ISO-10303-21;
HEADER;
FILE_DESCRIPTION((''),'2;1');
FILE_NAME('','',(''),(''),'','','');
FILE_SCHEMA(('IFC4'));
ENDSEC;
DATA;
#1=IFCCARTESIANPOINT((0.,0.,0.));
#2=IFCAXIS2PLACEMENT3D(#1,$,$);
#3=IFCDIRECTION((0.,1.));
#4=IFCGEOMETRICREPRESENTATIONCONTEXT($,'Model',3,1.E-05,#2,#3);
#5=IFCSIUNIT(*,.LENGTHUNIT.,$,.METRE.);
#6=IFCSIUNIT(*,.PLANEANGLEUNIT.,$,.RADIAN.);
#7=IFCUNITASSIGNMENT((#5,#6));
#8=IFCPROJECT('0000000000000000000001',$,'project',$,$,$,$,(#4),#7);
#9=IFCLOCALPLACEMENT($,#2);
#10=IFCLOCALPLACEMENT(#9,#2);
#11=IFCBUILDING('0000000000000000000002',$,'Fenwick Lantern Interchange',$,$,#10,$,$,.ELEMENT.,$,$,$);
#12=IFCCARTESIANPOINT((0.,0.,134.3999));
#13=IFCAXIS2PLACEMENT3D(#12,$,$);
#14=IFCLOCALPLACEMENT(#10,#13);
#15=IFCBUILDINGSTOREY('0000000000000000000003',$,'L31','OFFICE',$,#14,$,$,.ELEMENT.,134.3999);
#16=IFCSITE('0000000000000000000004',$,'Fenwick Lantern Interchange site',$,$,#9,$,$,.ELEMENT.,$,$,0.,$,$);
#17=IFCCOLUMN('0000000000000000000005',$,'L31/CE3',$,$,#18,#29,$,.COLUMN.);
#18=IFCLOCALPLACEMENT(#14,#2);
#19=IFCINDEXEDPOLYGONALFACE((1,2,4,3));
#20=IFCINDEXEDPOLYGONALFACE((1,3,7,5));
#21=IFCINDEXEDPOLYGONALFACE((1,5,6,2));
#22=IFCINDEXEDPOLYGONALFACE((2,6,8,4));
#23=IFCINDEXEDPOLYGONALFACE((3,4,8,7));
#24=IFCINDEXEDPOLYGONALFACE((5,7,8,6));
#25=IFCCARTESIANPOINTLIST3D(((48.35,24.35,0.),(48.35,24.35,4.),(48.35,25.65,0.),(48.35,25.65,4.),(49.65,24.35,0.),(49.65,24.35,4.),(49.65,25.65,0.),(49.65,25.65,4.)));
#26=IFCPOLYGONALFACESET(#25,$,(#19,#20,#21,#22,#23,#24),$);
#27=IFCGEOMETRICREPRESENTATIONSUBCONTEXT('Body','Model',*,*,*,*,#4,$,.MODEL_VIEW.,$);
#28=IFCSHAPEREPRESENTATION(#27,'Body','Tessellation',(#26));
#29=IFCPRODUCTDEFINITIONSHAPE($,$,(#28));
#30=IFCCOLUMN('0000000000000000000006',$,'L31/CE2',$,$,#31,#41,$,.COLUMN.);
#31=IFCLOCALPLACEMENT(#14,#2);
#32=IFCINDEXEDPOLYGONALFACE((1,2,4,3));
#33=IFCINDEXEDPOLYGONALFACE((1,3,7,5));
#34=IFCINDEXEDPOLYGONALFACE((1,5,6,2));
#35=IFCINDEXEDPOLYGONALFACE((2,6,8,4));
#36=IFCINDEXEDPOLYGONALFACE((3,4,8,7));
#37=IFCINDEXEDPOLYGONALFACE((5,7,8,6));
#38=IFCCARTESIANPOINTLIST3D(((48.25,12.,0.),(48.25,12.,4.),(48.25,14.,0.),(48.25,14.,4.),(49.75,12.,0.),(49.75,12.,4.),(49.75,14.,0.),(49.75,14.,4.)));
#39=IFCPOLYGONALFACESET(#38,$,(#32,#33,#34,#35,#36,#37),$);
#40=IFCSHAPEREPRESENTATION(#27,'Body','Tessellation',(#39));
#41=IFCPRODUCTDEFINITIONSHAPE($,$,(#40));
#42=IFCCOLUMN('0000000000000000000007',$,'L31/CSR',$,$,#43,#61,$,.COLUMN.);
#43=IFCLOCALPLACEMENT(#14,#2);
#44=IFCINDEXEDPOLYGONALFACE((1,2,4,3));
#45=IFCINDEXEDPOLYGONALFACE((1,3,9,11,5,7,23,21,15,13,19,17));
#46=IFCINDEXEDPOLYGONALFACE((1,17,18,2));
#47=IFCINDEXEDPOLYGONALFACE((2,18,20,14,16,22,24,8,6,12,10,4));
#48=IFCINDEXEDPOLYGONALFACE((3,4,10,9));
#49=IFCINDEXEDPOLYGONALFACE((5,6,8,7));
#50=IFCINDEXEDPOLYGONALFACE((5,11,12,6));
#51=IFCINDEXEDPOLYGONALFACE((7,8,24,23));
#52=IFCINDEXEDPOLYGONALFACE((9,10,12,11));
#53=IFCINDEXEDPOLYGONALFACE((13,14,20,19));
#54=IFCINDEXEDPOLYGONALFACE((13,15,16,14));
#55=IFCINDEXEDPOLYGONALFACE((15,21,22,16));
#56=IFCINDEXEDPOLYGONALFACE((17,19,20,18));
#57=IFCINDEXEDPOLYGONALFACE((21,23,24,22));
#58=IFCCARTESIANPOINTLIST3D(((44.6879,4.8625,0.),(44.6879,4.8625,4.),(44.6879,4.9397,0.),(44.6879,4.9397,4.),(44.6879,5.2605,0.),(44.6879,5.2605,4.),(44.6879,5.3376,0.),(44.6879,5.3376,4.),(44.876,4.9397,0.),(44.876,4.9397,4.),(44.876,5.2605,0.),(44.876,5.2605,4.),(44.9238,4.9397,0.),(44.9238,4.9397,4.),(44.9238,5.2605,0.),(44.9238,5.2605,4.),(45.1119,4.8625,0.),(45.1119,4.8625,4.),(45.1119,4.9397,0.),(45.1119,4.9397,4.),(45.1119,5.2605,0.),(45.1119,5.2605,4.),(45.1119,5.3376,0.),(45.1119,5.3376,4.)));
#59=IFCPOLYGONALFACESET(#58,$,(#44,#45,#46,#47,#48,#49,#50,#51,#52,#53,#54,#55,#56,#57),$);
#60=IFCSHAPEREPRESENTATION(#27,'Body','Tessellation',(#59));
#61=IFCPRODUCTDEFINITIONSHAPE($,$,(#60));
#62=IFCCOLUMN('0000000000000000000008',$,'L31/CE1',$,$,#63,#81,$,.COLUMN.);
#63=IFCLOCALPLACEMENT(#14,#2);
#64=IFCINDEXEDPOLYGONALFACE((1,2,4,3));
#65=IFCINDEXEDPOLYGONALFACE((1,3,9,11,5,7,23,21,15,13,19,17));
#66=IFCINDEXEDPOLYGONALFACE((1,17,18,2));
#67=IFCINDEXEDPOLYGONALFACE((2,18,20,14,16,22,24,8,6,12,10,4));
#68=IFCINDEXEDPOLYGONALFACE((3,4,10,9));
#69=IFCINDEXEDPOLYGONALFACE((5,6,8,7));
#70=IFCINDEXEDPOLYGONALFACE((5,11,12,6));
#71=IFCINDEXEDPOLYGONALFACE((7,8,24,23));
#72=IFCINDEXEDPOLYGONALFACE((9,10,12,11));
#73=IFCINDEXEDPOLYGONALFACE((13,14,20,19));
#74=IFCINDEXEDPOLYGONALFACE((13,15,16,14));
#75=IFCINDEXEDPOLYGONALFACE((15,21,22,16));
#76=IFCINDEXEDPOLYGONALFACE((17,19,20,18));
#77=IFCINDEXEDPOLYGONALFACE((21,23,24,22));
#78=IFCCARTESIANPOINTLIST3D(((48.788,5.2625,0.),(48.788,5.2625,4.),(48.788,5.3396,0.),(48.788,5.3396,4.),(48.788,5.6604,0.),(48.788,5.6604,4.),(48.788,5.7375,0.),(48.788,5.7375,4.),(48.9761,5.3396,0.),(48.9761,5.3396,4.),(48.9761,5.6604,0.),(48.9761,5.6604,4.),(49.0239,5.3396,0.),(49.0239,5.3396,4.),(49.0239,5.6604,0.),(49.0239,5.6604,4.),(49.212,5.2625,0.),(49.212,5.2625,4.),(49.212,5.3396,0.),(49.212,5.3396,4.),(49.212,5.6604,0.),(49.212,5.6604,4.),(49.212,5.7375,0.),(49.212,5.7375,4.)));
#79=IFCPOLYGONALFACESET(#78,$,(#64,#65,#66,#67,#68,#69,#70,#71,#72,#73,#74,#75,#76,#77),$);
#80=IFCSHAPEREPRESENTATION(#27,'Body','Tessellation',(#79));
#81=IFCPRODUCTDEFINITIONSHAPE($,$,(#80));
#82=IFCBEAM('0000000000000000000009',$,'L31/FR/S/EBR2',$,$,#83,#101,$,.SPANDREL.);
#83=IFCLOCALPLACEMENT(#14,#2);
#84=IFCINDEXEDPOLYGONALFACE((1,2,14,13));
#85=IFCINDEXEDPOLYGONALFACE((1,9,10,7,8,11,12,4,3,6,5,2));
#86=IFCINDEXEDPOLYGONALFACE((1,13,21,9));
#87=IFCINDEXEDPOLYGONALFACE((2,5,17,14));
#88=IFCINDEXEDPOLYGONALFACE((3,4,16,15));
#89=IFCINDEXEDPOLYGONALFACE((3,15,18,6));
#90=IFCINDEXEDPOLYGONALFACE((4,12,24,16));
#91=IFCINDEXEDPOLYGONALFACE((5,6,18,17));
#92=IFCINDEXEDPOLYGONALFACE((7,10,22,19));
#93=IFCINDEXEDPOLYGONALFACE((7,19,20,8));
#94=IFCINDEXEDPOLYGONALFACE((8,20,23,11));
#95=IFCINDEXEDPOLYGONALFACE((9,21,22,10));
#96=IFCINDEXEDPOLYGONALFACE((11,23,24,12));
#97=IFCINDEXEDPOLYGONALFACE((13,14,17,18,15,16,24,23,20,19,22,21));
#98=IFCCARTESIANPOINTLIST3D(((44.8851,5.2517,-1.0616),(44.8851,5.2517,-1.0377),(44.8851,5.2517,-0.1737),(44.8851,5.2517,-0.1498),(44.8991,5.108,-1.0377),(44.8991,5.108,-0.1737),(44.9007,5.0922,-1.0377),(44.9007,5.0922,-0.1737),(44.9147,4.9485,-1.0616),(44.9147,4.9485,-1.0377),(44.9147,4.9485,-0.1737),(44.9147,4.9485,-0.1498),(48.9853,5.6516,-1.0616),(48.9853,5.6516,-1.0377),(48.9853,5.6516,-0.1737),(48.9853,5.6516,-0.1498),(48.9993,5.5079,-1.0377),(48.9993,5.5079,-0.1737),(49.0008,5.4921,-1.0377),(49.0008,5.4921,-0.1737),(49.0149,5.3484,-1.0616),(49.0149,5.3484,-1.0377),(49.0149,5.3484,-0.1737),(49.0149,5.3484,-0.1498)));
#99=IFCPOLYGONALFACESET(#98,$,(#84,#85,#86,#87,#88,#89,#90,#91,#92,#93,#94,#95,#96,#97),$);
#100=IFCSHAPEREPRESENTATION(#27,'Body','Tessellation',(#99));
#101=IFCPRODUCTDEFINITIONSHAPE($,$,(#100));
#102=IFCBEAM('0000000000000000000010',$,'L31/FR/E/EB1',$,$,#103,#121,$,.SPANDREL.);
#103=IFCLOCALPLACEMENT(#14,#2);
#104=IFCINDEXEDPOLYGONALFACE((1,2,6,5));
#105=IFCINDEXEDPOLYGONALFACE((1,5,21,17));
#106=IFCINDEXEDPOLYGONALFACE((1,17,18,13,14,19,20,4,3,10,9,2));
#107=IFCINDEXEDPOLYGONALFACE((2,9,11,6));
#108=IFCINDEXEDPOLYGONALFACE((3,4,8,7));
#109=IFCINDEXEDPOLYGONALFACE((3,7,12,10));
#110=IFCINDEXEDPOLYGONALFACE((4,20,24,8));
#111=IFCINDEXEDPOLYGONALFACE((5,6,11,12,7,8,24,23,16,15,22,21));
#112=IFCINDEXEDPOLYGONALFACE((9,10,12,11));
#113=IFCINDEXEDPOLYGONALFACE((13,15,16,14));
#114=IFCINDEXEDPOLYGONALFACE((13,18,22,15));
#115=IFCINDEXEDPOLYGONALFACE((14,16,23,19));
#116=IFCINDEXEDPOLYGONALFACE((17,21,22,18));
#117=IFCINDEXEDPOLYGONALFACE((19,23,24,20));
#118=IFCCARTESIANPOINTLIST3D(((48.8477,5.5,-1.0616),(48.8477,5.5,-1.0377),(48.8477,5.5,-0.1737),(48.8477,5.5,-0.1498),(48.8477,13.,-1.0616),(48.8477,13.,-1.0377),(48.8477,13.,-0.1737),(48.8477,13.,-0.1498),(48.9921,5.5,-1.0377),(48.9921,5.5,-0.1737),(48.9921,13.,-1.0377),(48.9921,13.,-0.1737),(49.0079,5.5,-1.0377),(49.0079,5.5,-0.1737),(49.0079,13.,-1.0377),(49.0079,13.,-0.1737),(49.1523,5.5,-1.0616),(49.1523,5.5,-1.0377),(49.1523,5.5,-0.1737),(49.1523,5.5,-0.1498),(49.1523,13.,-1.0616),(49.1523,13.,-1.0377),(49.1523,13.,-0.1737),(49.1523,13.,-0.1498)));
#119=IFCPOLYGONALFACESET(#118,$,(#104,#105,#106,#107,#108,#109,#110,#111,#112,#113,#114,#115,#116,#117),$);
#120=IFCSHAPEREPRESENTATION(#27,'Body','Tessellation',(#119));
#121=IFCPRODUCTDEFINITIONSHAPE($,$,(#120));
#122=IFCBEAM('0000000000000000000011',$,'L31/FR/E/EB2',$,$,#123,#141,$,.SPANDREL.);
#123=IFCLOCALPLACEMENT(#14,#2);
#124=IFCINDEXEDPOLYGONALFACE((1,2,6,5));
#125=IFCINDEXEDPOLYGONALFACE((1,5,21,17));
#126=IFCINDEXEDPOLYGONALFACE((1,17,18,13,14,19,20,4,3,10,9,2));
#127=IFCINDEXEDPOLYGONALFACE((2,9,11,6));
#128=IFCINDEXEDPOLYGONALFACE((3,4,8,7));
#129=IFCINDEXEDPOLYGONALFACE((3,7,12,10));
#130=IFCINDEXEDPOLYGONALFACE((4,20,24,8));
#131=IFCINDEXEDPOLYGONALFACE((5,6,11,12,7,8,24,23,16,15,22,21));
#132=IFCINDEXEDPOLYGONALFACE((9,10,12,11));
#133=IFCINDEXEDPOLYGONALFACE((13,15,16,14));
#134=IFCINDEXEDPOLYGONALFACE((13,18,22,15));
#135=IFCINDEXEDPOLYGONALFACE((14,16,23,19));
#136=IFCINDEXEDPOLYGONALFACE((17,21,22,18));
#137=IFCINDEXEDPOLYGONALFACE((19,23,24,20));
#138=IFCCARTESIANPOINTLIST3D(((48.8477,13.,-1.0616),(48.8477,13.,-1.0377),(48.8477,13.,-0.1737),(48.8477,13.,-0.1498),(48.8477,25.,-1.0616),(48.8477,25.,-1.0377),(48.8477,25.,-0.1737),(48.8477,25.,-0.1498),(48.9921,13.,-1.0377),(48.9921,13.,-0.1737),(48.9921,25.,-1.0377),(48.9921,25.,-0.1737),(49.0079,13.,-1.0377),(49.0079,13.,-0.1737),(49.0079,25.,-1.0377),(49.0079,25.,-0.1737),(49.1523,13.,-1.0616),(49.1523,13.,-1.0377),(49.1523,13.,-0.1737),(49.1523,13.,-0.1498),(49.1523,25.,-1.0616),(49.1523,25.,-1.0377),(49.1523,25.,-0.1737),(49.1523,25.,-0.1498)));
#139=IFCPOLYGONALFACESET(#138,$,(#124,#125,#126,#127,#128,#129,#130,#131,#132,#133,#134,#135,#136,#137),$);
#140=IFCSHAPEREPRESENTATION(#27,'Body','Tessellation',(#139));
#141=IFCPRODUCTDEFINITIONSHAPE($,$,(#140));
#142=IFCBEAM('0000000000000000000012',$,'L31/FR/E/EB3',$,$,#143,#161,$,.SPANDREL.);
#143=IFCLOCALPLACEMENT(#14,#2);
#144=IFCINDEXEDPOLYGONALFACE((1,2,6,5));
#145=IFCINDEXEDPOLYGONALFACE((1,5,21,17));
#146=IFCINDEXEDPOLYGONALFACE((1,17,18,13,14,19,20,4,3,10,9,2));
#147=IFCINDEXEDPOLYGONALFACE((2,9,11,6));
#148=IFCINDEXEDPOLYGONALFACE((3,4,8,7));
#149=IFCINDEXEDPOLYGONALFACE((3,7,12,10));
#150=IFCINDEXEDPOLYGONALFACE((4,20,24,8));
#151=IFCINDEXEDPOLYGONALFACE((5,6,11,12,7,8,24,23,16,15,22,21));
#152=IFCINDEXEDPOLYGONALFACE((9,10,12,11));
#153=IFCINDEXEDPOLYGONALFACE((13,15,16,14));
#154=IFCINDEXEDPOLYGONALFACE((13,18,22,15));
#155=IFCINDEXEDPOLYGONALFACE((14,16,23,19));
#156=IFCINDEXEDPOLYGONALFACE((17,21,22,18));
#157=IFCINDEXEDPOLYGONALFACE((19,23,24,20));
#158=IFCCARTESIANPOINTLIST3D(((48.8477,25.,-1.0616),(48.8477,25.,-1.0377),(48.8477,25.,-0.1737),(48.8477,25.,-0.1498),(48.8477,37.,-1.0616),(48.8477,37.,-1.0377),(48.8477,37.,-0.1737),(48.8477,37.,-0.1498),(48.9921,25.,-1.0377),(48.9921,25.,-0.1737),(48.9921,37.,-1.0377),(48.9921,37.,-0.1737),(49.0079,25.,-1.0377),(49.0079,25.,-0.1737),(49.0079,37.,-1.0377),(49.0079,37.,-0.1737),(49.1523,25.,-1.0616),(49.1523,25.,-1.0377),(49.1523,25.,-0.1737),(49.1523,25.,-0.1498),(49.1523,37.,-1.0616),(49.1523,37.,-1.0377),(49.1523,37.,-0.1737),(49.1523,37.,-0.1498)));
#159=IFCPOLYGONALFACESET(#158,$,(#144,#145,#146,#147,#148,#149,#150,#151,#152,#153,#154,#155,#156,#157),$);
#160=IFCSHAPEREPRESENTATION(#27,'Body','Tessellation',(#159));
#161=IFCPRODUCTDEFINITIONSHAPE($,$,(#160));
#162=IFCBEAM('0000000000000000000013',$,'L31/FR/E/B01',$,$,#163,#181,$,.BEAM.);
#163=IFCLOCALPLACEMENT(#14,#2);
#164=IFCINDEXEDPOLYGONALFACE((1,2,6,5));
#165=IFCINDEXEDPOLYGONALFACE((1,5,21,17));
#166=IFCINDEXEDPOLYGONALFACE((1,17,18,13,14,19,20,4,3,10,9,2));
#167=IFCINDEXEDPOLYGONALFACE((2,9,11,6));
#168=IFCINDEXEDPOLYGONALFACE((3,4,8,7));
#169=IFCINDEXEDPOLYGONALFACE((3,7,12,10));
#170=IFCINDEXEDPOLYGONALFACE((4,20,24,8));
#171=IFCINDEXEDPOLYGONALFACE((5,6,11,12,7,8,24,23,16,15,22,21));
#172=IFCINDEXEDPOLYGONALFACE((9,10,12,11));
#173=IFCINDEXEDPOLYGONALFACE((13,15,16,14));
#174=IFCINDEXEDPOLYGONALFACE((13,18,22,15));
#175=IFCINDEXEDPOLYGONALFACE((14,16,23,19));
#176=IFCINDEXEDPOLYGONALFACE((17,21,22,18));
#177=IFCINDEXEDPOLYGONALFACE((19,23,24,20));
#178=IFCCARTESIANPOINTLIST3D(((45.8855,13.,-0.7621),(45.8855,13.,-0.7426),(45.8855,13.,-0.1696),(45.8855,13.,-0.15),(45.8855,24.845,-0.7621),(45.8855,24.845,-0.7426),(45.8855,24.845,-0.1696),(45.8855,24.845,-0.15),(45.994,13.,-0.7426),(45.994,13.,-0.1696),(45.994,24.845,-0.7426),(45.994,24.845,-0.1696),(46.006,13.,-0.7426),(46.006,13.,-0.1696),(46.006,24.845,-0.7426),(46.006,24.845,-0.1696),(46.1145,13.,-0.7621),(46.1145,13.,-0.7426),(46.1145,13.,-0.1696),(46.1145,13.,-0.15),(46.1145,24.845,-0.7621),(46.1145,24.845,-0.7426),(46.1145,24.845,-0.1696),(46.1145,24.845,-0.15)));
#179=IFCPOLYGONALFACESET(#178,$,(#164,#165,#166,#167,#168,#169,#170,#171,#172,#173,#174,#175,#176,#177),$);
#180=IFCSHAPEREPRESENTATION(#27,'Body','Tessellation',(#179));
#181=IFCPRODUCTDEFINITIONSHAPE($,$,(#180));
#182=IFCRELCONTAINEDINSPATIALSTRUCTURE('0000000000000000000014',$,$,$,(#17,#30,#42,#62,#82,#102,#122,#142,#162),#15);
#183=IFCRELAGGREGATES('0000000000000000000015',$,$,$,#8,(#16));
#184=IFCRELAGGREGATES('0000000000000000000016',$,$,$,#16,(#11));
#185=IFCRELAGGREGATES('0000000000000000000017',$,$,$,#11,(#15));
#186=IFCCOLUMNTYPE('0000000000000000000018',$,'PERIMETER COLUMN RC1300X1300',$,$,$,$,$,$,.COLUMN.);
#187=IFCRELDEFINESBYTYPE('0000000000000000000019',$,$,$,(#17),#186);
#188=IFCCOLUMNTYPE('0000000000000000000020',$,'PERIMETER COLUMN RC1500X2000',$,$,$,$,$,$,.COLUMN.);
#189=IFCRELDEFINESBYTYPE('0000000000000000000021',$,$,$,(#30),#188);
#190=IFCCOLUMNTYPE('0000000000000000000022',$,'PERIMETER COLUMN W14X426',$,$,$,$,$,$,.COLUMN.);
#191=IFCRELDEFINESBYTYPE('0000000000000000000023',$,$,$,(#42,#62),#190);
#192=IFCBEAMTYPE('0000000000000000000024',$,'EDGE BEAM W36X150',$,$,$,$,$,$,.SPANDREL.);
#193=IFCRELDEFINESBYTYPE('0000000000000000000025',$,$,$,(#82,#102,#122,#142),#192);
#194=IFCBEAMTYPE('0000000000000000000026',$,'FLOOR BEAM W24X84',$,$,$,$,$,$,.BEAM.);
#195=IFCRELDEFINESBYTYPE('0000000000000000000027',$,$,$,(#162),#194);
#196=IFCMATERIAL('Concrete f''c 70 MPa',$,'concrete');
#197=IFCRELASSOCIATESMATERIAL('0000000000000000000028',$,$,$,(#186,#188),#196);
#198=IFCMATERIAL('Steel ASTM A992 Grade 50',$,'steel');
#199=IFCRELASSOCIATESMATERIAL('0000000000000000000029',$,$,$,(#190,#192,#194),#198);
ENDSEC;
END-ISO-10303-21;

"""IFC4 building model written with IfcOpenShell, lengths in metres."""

from ifc_helpers import new_model, si_unit, direction, frame, origin, origin_2d, place, context, subcontext, project, spatial, rectangle, i_section, extrude, material, material_profile, profile_set, type_object, element, save


model = new_model("IFC4")

# Units and contexts
model_context = context("Model", 3, precision=1e-05, world=origin(), true_north=direction((0.0, 1.0)))
body_context = subcontext(model_context, "Body", "Model", "MODEL_VIEW")
ifc_project = project(units=[si_unit("LENGTHUNIT", "METRE"), si_unit("PLANEANGLEUNIT", "RADIAN")], contexts=[model_context])

# Site, building, storey
site_placement = place(None, origin())
site = spatial("IfcSite", under=ifc_project, at=site_placement, Name="Fenwick Lantern Interchange site", CompositionType="ELEMENT", RefElevation=0.0)
building_placement = place(site_placement, origin())
building = spatial("IfcBuilding", under=site, at=building_placement, Name="Fenwick Lantern Interchange", CompositionType="ELEMENT")
storey_placement = place(building_placement, frame((0.0, 0.0, 134.3999)))
storey = spatial("IfcBuildingStorey", under=building, at=storey_placement, Name="L31", Description="OFFICE", CompositionType="ELEMENT", Elevation=134.3999)

# Columns
ifc_material_1 = material(Name="Concrete f'c 70 MPa", Category="concrete")
ifc_material_profile_1 = material_profile(ifc_material_1, rectangle(XDim=1.3, YDim=1.3, at=origin_2d()), Name="RC1300X1300")
ifc_profile_set_1 = profile_set([ifc_material_profile_1], Name="Concrete f'c 70 MPa")
column_type_1 = type_object("IfcColumnType", Name="PERIMETER COLUMN RC1300X1300", PredefinedType="COLUMN", material=ifc_profile_set_1)
column_1_placement = place(storey_placement, frame((49.0, 25.0, 0.0), z_axis=(0.0, 0.0, 1.0), x_axis=(1.0, 0.0, 0.0)))
element("IfcColumn", 1, at=column_1_placement, inside=storey, type_object=column_type_1, Name="L31/CE3", PredefinedType="COLUMN", context=body_context, shape_type="SweptSolid", body=[
    extrude(rectangle(XDim=1.3, YDim=1.3, at=origin_2d()), origin(), (0.0, 0.0, 1.0), 4.0),
])
ifc_material_profile_2 = material_profile(ifc_material_1, rectangle(XDim=1.5, YDim=2.0, at=origin_2d()), Name="RC1500X2000")
ifc_profile_set_2 = profile_set([ifc_material_profile_2], Name="Concrete f'c 70 MPa")
column_type_2 = type_object("IfcColumnType", Name="PERIMETER COLUMN RC1500X2000", PredefinedType="COLUMN", material=ifc_profile_set_2)
column_2_placement = place(storey_placement, frame((49.0, 13.0, 0.0), z_axis=(0.0, 0.0, 1.0), x_axis=(1.0, 0.0, 0.0)))
element("IfcColumn", 2, at=column_2_placement, inside=storey, type_object=column_type_2, Name="L31/CE2", PredefinedType="COLUMN", context=body_context, shape_type="SweptSolid", body=[
    extrude(rectangle(XDim=1.5, YDim=2.0, at=origin_2d()), origin(), (0.0, 0.0, 1.0), 4.0),
])
ifc_material_2 = material(Name="Steel ASTM A992 Grade 50", Category="steel")
ifc_material_profile_3 = material_profile(ifc_material_2, i_section(OverallWidth=0.4241, OverallDepth=0.4751, WebThickness=0.0479, FlangeThickness=0.0771, at=origin_2d()), Name="W14X426")
ifc_profile_set_3 = profile_set([ifc_material_profile_3], Name="Steel ASTM A992 Grade 50")
column_type_3 = type_object("IfcColumnType", Name="PERIMETER COLUMN W14X426", PredefinedType="COLUMN", material=ifc_profile_set_3)
for number, where, z_axis, x_axis, name in (
    (3, (44.8999, 5.1001, 0.0), (0.0, 0.0, 1.0), (1.0, 0.0, 0.0), "L31/CSR"),
    (4, (49.0, 5.5, 0.0), (0.0, 0.0, 1.0), (1.0, 0.0, 0.0), "L31/CE1"),
):
    element("IfcColumn", number, at=place(storey_placement, frame(where, z_axis=z_axis, x_axis=x_axis)), inside=storey, type_object=column_type_3, Name=name, PredefinedType="COLUMN", context=body_context, shape_type="SweptSolid", body=[
        extrude(i_section(OverallWidth=0.4241, OverallDepth=0.4751, WebThickness=0.0479, FlangeThickness=0.0771, at=origin_2d()), origin(), (0.0, 0.0, 1.0), 4.0),
    ])

# Beams
ifc_material_profile_4 = material_profile(ifc_material_2, i_section(OverallWidth=0.3047, OverallDepth=0.9119, WebThickness=0.0159, FlangeThickness=0.0239, at=origin_2d()), Name="W36X150")
ifc_profile_set_4 = profile_set([ifc_material_profile_4], Name="Steel ASTM A992 Grade 50")
beam_type_1 = type_object("IfcBeamType", Name="EDGE BEAM W36X150", PredefinedType="SPANDREL", material=ifc_profile_set_4)
beam_1_placement = place(storey_placement, frame((44.8999, 5.1001, -0.6057), z_axis=(0.995277, 0.097074, 0.0), x_axis=(-0.097074, 0.995277, 0.0)))
element("IfcBeam", 5, at=beam_1_placement, inside=storey, type_object=beam_type_1, Name="L31/FR/S/EBR2", PredefinedType="SPANDREL", context=body_context, shape_type="SweptSolid", body=[
    extrude(i_section(OverallWidth=0.3047, OverallDepth=0.9119, WebThickness=0.0159, FlangeThickness=0.0239, at=origin_2d()), origin(), (0.0, 0.0, 1.0), 4.1196),
])
beam_2_placement = place(storey_placement, frame((49.0, 5.5, -0.6057), z_axis=(0.0, 1.0, 0.0), x_axis=(-1.0, 0.0, 0.0)))
element("IfcBeam", 6, at=beam_2_placement, inside=storey, type_object=beam_type_1, Name="L31/FR/E/EB1", PredefinedType="SPANDREL", context=body_context, shape_type="SweptSolid", body=[
    extrude(i_section(OverallWidth=0.3047, OverallDepth=0.9119, WebThickness=0.0159, FlangeThickness=0.0239, at=origin_2d()), origin(), (0.0, 0.0, 1.0), 7.5),
])
for number, where, z_axis, x_axis, name in (
    (7, (49.0, 13.0, -0.6057), (0.0, 1.0, 0.0), (-1.0, 0.0, 0.0), "L31/FR/E/EB2"),
    (8, (49.0, 25.0, -0.6057), (0.0, 1.0, 0.0), (-1.0, 0.0, 0.0), "L31/FR/E/EB3"),
):
    element("IfcBeam", number, at=place(storey_placement, frame(where, z_axis=z_axis, x_axis=x_axis)), inside=storey, type_object=beam_type_1, Name=name, PredefinedType="SPANDREL", context=body_context, shape_type="SweptSolid", body=[
        extrude(i_section(OverallWidth=0.3047, OverallDepth=0.9119, WebThickness=0.0159, FlangeThickness=0.0239, at=origin_2d()), origin(), (0.0, 0.0, 1.0), 12.0),
    ])
ifc_material_profile_5 = material_profile(ifc_material_2, i_section(OverallWidth=0.229, OverallDepth=0.6121, WebThickness=0.012, FlangeThickness=0.0195, at=origin_2d()), Name="W24X84")
ifc_profile_set_5 = profile_set([ifc_material_profile_5], Name="Steel ASTM A992 Grade 50")
beam_type_2 = type_object("IfcBeamType", Name="FLOOR BEAM W24X84", PredefinedType="BEAM", material=ifc_profile_set_5)
beam_3_placement = place(storey_placement, frame((46.0, 13.0, -0.4561), z_axis=(0.0, 1.0, 0.0), x_axis=(-1.0, 0.0, 0.0)))
element("IfcBeam", 9, at=beam_3_placement, inside=storey, type_object=beam_type_2, Name="L31/FR/E/B01", PredefinedType="BEAM", context=body_context, shape_type="SweptSolid", body=[
    extrude(i_section(OverallWidth=0.229, OverallDepth=0.6121, WebThickness=0.012, FlangeThickness=0.0195, at=origin_2d()), origin(), (0.0, 0.0, 1.0), 11.845),
])

save(model, "model.ifc")
